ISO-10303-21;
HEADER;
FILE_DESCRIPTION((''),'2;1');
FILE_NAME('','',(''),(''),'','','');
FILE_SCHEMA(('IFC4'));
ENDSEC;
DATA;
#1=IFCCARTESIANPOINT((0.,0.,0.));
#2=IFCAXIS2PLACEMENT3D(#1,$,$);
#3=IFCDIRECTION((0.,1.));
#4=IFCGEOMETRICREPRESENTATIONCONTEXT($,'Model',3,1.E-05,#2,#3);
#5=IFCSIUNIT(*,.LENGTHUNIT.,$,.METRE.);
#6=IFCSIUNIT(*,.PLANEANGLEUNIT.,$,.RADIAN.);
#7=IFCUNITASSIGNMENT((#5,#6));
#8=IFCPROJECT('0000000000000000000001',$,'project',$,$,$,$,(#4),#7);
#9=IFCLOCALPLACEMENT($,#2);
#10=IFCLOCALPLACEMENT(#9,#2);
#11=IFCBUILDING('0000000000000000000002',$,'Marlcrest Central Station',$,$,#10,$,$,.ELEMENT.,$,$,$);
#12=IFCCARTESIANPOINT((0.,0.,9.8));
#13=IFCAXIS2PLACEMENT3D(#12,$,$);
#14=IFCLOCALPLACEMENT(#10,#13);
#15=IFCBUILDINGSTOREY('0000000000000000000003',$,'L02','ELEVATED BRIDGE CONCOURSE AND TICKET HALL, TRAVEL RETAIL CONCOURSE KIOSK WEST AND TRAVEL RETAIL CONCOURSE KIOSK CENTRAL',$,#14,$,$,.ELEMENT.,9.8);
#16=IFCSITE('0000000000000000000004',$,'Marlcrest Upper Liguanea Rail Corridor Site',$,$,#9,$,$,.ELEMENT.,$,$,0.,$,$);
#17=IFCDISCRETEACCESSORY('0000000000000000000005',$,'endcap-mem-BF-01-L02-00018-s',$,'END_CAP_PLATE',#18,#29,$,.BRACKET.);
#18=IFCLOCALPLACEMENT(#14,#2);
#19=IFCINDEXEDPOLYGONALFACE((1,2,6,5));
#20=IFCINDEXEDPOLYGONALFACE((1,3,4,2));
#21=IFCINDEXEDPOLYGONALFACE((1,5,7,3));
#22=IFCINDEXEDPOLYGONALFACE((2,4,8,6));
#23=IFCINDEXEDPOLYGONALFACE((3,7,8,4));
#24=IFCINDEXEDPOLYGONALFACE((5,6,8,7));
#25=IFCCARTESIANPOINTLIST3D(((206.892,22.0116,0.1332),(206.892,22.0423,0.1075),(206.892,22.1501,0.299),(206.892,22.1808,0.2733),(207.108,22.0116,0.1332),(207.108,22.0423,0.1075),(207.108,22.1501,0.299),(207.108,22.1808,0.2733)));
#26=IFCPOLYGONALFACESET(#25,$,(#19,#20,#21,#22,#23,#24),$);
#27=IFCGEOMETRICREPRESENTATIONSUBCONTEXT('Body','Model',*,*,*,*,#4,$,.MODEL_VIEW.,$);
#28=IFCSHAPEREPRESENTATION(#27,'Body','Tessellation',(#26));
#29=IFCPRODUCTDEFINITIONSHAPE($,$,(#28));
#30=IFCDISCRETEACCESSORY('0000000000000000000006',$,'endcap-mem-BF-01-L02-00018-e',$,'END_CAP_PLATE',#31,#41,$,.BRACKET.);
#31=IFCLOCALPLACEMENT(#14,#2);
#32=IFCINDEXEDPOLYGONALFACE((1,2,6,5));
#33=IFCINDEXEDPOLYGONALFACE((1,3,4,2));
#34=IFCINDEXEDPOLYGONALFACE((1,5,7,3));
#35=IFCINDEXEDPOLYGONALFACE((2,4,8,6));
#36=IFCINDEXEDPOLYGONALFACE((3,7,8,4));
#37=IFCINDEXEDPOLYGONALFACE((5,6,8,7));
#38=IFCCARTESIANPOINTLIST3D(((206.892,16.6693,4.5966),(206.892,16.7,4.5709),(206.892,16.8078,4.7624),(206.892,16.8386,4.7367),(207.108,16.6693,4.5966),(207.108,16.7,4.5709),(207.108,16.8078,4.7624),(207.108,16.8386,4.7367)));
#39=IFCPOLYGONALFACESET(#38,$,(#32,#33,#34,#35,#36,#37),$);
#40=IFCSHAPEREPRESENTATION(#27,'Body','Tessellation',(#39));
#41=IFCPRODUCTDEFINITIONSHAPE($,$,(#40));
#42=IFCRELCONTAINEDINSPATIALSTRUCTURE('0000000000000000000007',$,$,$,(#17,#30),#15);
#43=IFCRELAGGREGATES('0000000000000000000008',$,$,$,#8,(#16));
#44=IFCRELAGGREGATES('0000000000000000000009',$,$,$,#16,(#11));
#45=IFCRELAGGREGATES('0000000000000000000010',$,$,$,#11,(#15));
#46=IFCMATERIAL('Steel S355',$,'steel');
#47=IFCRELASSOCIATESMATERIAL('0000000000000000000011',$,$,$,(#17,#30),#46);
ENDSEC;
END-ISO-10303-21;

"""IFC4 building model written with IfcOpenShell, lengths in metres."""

from ifc_helpers import new_model, si_unit, direction, frame, origin, origin_2d, place, context, subcontext, project, spatial, rectangle, extrude, material, element, save


model = new_model("IFC4")

# Units and contexts
model_context = context("Model", 3, precision=1e-05, world=origin(), true_north=direction((0.0, 1.0)))
body_context = subcontext(model_context, "Body", "Model", "MODEL_VIEW")
ifc_project = project(units=[si_unit("LENGTHUNIT", "METRE"), si_unit("PLANEANGLEUNIT", "RADIAN")], contexts=[model_context])

# Site, building, storey
site_placement = place(None, origin())
site = spatial("IfcSite", under=ifc_project, at=site_placement, Name="Marlcrest Upper Liguanea Rail Corridor Site", CompositionType="ELEMENT", RefElevation=0.0)
building_placement = place(site_placement, origin())
building = spatial("IfcBuilding", under=site, at=building_placement, Name="Marlcrest Central Station", CompositionType="ELEMENT")
storey_placement = place(building_placement, frame((0.0, 0.0, 9.8)))
storey = spatial("IfcBuildingStorey", under=building, at=storey_placement, Name="L02", Description="ELEVATED BRIDGE CONCOURSE AND TICKET HALL, TRAVEL RETAIL CONCOURSE KIOSK WEST AND TRAVEL RETAIL CONCOURSE KIOSK CENTRAL", CompositionType="ELEMENT", Elevation=9.8)

# Shared definitions
ifc_material_1 = material(Name="Steel S355", Category="steel")

# Discrete accessories
for number, where, z_axis, x_axis, name in (
    (1, (207.0, 22.1116, 0.1904), (0.0, -0.767405, 0.641162), (1.0, 0.0, 0.0), "endcap-mem-BF-01-L02-00018-s"),
    (2, (207.0, 16.7693, 4.6538), (0.0, -0.767405, 0.641162), (1.0, 0.0, 0.0), "endcap-mem-BF-01-L02-00018-e"),
):
    element("IfcDiscreteAccessory", number, at=place(storey_placement, frame(where, z_axis=z_axis, x_axis=x_axis)), inside=storey, material=ifc_material_1, Name=name, ObjectType="END_CAP_PLATE", PredefinedType="BRACKET", context=body_context, shape_type="SweptSolid", body=[
        extrude(rectangle(XDim=0.2161, YDim=0.2161, at=origin_2d()), origin(), (0.0, 0.0, 1.0), 0.04),
    ])

save(model, "model.ifc")
